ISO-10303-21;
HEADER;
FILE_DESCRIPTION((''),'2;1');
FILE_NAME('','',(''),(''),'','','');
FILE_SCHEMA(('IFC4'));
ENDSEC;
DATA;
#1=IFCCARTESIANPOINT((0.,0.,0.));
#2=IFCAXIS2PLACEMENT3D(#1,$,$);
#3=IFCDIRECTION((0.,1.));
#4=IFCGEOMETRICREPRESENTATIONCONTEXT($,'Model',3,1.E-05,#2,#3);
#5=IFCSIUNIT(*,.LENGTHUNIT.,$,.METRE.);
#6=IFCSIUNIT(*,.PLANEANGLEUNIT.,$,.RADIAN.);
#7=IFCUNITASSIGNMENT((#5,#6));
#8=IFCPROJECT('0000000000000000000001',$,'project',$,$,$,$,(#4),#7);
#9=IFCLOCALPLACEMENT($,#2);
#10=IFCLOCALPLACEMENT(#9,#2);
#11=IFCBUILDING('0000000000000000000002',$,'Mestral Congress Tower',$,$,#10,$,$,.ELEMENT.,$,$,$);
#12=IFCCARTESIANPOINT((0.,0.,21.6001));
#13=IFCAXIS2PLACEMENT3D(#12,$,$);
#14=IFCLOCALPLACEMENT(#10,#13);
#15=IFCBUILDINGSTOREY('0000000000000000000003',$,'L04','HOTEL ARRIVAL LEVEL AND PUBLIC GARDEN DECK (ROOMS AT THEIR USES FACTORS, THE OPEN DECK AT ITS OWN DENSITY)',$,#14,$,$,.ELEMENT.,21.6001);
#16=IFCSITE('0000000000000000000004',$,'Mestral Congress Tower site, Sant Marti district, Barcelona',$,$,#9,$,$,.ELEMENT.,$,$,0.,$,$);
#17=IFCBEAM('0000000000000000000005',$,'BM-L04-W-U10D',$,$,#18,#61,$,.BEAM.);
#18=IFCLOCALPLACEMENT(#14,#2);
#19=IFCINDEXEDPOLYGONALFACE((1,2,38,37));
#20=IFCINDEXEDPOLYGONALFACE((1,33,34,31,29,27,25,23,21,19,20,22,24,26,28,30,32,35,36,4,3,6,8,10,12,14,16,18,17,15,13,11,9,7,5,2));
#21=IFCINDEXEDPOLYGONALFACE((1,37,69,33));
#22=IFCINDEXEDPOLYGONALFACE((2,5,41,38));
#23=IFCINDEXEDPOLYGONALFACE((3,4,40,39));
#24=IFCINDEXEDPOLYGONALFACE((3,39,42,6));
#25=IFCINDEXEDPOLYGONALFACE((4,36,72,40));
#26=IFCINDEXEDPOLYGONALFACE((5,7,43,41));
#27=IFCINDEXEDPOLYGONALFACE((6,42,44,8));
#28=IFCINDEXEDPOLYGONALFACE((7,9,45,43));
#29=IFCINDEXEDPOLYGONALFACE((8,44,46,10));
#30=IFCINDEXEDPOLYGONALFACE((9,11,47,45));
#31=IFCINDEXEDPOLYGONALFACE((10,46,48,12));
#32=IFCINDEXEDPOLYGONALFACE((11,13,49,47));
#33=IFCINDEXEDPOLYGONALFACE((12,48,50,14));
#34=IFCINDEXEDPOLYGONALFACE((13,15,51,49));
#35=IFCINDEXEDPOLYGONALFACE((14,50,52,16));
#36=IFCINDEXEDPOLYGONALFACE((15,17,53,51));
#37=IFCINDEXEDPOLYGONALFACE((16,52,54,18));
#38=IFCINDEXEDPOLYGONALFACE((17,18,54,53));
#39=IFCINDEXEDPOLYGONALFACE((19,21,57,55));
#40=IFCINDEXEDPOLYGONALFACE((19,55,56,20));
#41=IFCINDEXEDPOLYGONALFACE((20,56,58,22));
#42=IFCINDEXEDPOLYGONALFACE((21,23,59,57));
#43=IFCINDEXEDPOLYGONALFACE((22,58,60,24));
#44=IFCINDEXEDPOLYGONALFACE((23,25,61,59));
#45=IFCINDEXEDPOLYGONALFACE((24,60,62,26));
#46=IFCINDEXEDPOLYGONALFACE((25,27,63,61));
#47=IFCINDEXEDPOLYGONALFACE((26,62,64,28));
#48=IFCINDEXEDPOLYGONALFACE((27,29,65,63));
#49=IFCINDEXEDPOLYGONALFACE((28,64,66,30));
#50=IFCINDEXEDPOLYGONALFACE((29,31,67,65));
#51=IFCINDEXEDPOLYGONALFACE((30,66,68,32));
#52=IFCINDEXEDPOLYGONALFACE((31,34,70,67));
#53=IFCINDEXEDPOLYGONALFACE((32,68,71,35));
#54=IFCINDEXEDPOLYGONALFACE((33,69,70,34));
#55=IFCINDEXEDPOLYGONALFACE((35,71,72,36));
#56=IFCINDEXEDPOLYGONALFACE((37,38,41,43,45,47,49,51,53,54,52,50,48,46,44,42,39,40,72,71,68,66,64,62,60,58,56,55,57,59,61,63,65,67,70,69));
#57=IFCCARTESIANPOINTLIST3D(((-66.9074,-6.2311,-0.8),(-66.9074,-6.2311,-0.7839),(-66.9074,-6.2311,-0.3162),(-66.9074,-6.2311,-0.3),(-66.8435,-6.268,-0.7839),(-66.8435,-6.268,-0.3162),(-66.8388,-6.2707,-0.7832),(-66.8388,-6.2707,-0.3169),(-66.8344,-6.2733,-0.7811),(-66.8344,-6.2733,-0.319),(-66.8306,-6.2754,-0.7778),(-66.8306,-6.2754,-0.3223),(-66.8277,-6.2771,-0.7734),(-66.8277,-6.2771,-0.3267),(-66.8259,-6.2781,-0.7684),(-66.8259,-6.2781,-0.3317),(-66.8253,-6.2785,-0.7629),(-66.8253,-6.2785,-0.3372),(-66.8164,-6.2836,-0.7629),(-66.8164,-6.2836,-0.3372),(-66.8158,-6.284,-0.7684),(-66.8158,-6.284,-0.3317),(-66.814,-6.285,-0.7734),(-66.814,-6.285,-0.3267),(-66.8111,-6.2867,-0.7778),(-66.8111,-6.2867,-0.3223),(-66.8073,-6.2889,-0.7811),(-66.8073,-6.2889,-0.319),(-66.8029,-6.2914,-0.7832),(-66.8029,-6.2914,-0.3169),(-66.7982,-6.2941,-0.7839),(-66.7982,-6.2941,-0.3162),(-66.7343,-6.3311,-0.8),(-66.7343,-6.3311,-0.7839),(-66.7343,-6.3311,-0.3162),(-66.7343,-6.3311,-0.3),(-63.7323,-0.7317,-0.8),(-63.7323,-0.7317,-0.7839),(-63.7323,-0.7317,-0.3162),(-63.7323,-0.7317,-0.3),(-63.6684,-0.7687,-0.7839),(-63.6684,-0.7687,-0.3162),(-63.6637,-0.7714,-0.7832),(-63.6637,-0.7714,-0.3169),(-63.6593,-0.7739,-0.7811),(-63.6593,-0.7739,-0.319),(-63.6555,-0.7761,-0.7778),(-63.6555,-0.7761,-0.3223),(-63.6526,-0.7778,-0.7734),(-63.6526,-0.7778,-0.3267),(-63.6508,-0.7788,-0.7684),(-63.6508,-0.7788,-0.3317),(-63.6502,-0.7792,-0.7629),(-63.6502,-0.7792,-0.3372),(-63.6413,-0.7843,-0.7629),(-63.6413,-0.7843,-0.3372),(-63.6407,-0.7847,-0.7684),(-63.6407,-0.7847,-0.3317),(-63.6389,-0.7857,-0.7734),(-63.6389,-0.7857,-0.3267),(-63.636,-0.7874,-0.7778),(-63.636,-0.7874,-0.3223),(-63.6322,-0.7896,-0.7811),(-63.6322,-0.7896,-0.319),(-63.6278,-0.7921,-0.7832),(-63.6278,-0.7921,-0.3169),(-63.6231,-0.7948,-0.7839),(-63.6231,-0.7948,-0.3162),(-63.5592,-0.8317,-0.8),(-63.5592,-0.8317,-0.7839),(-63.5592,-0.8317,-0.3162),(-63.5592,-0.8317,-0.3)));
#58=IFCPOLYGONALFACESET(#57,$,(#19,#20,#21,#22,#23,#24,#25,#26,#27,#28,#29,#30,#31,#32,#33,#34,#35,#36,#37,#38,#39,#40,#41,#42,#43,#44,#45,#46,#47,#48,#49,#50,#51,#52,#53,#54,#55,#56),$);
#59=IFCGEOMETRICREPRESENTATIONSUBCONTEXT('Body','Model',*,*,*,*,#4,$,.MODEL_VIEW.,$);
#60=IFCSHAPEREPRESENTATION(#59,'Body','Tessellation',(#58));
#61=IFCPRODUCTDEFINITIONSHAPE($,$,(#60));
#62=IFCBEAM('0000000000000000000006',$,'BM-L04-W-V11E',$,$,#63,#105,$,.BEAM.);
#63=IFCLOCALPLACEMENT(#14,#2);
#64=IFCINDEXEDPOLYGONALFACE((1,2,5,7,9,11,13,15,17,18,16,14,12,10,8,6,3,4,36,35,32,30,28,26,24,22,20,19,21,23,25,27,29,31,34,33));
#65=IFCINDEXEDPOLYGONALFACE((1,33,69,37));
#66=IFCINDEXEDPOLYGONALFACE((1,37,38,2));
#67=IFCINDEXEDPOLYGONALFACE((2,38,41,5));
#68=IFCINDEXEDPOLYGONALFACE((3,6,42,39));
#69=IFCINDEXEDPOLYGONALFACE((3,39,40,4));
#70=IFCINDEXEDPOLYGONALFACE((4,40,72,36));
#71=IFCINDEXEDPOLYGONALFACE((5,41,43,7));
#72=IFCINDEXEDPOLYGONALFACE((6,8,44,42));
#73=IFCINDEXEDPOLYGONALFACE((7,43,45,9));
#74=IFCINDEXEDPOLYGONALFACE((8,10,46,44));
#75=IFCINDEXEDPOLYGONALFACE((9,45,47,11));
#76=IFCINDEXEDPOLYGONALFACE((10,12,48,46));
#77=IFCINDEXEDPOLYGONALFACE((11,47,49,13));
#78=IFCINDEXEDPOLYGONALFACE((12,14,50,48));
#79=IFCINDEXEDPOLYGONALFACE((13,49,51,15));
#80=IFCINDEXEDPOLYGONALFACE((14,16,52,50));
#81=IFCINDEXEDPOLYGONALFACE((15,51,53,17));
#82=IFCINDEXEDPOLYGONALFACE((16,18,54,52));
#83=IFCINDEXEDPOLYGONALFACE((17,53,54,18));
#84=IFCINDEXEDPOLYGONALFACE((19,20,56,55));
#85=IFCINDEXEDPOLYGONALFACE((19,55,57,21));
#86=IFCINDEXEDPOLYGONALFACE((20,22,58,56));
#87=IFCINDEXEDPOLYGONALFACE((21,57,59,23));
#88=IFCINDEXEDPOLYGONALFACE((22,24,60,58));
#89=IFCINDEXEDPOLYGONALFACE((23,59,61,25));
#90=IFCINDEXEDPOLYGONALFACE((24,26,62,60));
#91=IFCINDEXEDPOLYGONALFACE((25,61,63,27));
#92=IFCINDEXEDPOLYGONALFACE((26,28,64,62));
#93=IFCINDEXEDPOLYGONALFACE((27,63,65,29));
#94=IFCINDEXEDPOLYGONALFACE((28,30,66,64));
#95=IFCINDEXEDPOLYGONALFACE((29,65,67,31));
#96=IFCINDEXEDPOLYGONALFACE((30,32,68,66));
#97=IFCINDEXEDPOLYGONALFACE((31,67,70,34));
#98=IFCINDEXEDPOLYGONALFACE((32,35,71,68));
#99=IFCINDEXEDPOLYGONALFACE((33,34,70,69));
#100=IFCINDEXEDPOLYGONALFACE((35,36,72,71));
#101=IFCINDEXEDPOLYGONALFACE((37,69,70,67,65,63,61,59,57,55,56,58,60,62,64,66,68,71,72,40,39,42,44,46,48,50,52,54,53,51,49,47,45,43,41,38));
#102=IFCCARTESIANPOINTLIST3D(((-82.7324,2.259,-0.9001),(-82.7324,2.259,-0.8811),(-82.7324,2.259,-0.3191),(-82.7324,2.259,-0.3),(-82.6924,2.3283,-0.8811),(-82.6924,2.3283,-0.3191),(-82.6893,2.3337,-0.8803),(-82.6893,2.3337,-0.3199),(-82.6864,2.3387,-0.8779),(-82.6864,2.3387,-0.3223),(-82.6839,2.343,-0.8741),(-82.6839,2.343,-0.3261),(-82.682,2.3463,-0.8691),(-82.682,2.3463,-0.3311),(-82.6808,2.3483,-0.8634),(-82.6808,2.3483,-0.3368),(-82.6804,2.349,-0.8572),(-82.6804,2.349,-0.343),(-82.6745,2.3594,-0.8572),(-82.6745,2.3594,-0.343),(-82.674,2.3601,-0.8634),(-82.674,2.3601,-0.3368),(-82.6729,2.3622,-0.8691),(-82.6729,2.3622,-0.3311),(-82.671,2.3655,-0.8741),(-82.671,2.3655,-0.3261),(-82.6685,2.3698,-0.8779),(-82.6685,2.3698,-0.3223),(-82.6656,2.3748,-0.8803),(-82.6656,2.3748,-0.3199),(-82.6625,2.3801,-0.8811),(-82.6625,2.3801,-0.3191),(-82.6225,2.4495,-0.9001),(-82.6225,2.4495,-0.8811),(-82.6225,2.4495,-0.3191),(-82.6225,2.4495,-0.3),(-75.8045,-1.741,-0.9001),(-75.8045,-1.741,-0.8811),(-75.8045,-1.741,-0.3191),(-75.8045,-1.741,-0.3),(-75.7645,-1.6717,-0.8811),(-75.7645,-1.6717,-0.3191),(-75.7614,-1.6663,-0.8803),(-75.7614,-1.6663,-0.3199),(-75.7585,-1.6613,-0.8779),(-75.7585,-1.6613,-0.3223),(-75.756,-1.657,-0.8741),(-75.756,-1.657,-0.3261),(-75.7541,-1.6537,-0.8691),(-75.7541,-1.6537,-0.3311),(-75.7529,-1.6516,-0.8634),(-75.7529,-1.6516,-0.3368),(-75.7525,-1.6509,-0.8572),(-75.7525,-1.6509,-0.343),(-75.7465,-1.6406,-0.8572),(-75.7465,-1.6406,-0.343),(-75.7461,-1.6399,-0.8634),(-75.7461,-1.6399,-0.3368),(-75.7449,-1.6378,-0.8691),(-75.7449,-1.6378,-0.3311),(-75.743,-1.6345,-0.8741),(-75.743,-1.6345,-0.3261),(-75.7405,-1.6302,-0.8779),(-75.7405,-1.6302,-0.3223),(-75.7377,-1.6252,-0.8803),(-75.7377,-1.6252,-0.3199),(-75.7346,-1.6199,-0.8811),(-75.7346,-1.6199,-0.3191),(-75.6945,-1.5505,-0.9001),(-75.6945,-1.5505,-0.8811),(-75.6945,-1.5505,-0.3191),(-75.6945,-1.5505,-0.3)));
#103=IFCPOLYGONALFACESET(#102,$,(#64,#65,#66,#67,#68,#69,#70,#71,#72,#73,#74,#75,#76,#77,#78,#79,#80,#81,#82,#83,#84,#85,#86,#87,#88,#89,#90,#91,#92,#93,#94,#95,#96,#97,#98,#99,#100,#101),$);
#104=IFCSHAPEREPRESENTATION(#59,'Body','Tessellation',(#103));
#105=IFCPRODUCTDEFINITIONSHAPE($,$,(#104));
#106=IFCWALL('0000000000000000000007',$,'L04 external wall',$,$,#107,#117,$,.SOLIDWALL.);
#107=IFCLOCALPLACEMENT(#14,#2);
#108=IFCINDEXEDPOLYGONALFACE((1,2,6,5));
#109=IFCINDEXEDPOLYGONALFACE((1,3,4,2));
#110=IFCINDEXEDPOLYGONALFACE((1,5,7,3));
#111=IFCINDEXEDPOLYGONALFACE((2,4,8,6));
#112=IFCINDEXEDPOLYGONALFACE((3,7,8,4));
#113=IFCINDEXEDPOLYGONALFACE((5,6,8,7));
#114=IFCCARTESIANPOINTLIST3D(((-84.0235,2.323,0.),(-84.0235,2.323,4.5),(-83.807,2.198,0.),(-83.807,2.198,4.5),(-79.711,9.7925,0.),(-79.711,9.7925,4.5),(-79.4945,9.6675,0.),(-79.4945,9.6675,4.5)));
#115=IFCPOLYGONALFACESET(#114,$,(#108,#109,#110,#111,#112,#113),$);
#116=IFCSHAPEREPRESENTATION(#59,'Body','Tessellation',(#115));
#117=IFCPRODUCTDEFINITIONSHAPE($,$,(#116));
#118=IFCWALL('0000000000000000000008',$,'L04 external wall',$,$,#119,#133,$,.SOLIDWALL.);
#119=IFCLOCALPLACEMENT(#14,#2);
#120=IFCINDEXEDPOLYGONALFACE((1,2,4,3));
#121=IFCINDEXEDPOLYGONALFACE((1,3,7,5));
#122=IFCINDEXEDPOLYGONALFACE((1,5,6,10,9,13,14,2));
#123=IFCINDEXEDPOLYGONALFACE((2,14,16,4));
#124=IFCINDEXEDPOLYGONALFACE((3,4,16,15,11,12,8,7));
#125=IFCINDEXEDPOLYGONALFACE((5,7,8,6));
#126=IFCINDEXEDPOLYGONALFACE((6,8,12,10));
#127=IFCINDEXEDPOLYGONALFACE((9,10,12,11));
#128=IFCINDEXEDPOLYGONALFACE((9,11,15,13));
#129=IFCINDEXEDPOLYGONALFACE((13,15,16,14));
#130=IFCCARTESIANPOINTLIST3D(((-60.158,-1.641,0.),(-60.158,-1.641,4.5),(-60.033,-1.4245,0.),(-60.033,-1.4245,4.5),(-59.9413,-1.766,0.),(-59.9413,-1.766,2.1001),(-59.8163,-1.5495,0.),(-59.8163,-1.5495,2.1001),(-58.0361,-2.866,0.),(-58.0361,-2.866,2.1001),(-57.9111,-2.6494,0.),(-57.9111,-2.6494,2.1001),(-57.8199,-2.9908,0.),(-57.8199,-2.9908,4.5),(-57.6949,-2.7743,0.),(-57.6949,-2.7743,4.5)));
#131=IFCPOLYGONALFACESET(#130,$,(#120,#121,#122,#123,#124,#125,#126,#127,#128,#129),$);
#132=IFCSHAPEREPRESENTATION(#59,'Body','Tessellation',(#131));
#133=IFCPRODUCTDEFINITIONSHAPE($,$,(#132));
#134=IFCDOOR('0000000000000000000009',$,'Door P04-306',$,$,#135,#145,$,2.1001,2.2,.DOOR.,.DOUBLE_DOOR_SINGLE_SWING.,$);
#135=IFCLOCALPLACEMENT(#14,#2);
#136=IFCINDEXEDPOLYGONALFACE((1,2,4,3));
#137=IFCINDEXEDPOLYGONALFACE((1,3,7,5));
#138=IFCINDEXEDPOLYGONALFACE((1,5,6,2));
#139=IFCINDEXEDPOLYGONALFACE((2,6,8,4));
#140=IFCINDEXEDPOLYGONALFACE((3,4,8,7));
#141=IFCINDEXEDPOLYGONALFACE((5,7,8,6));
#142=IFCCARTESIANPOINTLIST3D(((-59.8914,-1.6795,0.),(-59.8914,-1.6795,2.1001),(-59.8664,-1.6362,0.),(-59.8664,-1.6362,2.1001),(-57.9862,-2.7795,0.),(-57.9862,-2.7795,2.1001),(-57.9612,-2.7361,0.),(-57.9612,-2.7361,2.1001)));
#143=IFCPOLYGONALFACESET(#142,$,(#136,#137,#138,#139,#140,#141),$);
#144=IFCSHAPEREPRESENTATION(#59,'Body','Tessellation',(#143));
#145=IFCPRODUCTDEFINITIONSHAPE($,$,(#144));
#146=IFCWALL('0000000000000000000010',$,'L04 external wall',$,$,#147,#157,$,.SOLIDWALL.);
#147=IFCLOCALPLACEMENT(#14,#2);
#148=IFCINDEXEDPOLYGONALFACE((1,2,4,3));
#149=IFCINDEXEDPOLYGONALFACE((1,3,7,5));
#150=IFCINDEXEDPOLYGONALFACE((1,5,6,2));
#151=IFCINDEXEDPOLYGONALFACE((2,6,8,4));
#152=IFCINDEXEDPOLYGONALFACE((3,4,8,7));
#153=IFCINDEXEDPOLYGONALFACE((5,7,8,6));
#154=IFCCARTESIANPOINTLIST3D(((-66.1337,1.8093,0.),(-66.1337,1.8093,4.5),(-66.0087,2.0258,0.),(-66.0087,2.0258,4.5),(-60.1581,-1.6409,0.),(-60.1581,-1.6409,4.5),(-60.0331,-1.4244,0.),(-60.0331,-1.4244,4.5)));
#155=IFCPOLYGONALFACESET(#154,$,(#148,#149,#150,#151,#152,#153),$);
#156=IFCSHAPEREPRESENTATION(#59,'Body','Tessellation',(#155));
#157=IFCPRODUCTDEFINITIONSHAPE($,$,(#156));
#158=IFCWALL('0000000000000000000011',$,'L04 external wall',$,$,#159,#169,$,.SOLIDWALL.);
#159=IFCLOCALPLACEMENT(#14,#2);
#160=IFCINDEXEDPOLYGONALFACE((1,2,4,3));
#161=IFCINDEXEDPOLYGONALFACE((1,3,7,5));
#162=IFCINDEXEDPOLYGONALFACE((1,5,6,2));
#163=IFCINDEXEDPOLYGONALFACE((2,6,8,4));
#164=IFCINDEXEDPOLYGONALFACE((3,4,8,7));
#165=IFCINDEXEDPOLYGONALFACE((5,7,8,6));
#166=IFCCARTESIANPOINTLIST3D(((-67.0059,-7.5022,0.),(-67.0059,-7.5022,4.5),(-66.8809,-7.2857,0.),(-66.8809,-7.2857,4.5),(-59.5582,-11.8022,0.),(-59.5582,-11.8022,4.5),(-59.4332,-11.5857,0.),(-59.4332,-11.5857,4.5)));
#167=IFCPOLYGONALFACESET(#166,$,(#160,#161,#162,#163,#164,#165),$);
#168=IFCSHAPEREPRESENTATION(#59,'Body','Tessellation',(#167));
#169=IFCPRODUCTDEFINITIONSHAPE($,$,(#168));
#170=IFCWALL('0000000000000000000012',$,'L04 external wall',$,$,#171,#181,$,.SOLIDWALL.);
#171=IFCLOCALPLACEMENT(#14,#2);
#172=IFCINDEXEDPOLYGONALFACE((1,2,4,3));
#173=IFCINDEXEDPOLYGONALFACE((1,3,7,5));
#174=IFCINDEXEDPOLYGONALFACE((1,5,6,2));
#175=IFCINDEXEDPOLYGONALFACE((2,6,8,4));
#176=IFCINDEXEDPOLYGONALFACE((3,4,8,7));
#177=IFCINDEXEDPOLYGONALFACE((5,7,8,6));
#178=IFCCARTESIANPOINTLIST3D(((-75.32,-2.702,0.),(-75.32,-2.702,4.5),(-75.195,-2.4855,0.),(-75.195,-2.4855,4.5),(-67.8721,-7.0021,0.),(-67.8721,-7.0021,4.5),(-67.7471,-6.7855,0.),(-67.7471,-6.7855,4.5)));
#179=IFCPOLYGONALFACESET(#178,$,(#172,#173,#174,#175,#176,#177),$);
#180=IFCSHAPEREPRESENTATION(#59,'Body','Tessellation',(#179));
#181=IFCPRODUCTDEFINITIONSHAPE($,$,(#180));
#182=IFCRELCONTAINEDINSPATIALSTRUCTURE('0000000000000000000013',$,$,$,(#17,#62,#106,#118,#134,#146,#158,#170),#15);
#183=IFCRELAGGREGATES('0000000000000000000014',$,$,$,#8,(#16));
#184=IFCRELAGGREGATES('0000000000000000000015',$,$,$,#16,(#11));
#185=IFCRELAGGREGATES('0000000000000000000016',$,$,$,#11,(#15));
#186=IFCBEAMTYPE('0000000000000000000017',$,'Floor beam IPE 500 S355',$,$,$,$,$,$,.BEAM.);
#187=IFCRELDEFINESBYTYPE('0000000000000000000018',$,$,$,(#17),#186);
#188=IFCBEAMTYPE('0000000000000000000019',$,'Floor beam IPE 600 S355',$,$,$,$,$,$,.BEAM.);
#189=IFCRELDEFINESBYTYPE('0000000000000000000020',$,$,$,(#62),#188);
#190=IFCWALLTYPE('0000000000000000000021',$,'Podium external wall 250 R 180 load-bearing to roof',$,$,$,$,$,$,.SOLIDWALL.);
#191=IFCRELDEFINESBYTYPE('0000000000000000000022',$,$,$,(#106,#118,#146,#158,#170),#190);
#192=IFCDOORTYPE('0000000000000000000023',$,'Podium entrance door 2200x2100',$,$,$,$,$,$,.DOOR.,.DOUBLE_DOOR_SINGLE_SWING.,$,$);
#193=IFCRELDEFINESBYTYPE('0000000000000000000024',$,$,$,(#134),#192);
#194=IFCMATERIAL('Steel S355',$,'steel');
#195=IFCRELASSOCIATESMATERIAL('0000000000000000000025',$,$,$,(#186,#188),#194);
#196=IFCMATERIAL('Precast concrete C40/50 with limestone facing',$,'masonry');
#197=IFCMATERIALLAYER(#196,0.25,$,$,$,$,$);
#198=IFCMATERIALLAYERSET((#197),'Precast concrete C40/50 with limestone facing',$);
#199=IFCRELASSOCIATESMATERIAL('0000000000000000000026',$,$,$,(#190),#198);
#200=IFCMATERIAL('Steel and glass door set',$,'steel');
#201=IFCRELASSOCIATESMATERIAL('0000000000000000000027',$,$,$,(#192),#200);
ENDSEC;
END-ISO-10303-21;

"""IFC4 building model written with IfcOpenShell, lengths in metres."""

from ifc_helpers import new_model, si_unit, direction, frame, frame_2d, origin, origin_2d, place, context, subcontext, project, spatial, rectangle, i_section, extrude, material, layer, layer_set, material_profile, profile_set, type_object, element, fill, save


model = new_model("IFC4")

# Units and contexts
model_context = context("Model", 3, precision=1e-05, world=origin(), true_north=direction((0.0, 1.0)))
body_context = subcontext(model_context, "Body", "Model", "MODEL_VIEW")
ifc_project = project(units=[si_unit("LENGTHUNIT", "METRE"), si_unit("PLANEANGLEUNIT", "RADIAN")], contexts=[model_context])

# Site, building, storey
site_placement = place(None, origin())
site = spatial("IfcSite", under=ifc_project, at=site_placement, Name="Mestral Congress Tower site, Sant Marti district, Barcelona", CompositionType="ELEMENT", RefElevation=0.0)
building_placement = place(site_placement, origin())
building = spatial("IfcBuilding", under=site, at=building_placement, Name="Mestral Congress Tower", CompositionType="ELEMENT")
storey_placement = place(building_placement, frame((0.0, 0.0, 21.6001)))
storey = spatial("IfcBuildingStorey", under=building, at=storey_placement, Name="L04", Description="HOTEL ARRIVAL LEVEL AND PUBLIC GARDEN DECK (ROOMS AT THEIR USES FACTORS, THE OPEN DECK AT ITS OWN DENSITY)", CompositionType="ELEMENT", Elevation=21.6001)

# Beams
ifc_material_1 = material(Name="Steel S355", Category="steel")
ifc_material_profile_1 = material_profile(ifc_material_1, i_section(OverallWidth=0.2, OverallDepth=0.5, WebThickness=0.0103, FlangeThickness=0.0161, FilletRadius=0.021, at=origin_2d()), Name="IPE 500")
ifc_profile_set_1 = profile_set([ifc_material_profile_1], Name="Steel S355")
beam_type_1 = type_object("IfcBeamType", Name="Floor beam IPE 500 S355", PredefinedType="BEAM", material=ifc_profile_set_1)
beam_1_placement = place(storey_placement, frame((-63.6458, -0.7817, -0.55), z_axis=(-0.500005, -0.866022, 0.0), x_axis=(0.866022, -0.500005, 0.0)))
element("IfcBeam", 1, at=beam_1_placement, inside=storey, type_object=beam_type_1, Name="BM-L04-W-U10D", PredefinedType="BEAM", context=body_context, shape_type="SweptSolid", body=[
    extrude(i_section(OverallWidth=0.2, OverallDepth=0.5, WebThickness=0.0103, FlangeThickness=0.0161, FilletRadius=0.021, at=origin_2d()), origin(), (0.0, 0.0, 1.0), 6.3501),
])
ifc_material_profile_2 = material_profile(ifc_material_1, i_section(OverallWidth=0.22, OverallDepth=0.6001, WebThickness=0.012, FlangeThickness=0.019, FilletRadius=0.0239, at=origin_2d()), Name="IPE 600")
ifc_profile_set_2 = profile_set([ifc_material_profile_2], Name="Steel S355")
beam_type_2 = type_object("IfcBeamType", Name="Floor beam IPE 600 S355", PredefinedType="BEAM", material=ifc_profile_set_2)
beam_2_placement = place(storey_placement, frame((-75.7495, -1.6458, -0.6001), z_axis=(-0.866018, 0.500012, 0.0), x_axis=(-0.500012, -0.866018, 0.0)))
element("IfcBeam", 2, at=beam_2_placement, inside=storey, type_object=beam_type_2, Name="BM-L04-W-V11E", PredefinedType="BEAM", context=body_context, shape_type="SweptSolid", body=[
    extrude(i_section(OverallWidth=0.22, OverallDepth=0.6001, WebThickness=0.012, FlangeThickness=0.019, FilletRadius=0.0239, at=origin_2d()), origin(), (0.0, 0.0, 1.0), 7.9998),
])

# Wall
ifc_material_2 = material(Name="Precast concrete C40/50 with limestone facing", Category="masonry")
ifc_layer_1 = layer(ifc_material_2, 0.25)
ifc_layer_set_1 = layer_set([ifc_layer_1], Name="Precast concrete C40/50 with limestone facing")
wall_type_1 = type_object("IfcWallType", Name="Podium external wall 250 R 180 load-bearing to roof", PredefinedType="SOLIDWALL", material=ifc_layer_set_1)
wall_1_placement = place(storey_placement, frame((-83.9153, 2.2605, 0.0), z_axis=(0.0, 0.0, 1.0), x_axis=(0.499999, 0.866026, 0.0)))
element("IfcWall", 3, at=wall_1_placement, inside=storey, type_object=wall_type_1, Name="L04 external wall", PredefinedType="SOLIDWALL", context=body_context, shape_type="SweptSolid", body=[
    extrude(rectangle(XDim=8.625, YDim=0.25, at=frame_2d((4.3125, 0.0))), origin(), (0.0, 0.0, 1.0), 4.5),
])

# Wall, opening, door
wall_2_placement = place(storey_placement, frame((-60.0955, -1.5327, 0.0), z_axis=(0.0, 0.0, 1.0), x_axis=(0.866037, -0.499981, 0.0)))
wall_2 = element("IfcWall", 4, at=wall_2_placement, inside=storey, type_object=wall_type_1, Name="L04 external wall", PredefinedType="SOLIDWALL", context=body_context, shape_type="SweptSolid", body=[
    extrude(rectangle(XDim=2.6997, YDim=0.25, at=frame_2d((1.3499, 0.0))), origin(), (0.0, 0.0, 1.0), 4.5),
])
opening_1_placement = place(wall_2_placement, frame((0.25, 0.0, 0.0)))
opening_1 = element("IfcOpeningElement", 5, at=opening_1_placement, cuts=wall_2, PredefinedType="OPENING", context=body_context, shape_type="SweptSolid", body=[
    extrude(rectangle(XDim=2.2, YDim=2.1001, at=frame_2d((1.1001, 1.05))), frame((0.0, 0.135, 0.0), z_axis=(0.0, -1.0, 0.0), x_axis=(1.0, 0.0, 0.0)), (0.0, 0.0, 1.0), 0.27),
])
ifc_material_3 = material(Name="Steel and glass door set", Category="steel")
door_type_1 = type_object("IfcDoorType", Name="Podium entrance door 2200x2100", OperationType="DOUBLE_DOOR_SINGLE_SWING", PredefinedType="DOOR", material=ifc_material_3)
door_1_placement = place(opening_1_placement, origin())
door_1 = element("IfcDoor", 6, at=door_1_placement, inside=storey, type_object=door_type_1, Name="Door P04-306", OperationType="DOUBLE_DOOR_SINGLE_SWING", OverallHeight=2.1001, OverallWidth=2.2, PredefinedType="DOOR", context=body_context, shape_type="SweptSolid", body=[
    extrude(rectangle(XDim=2.2, YDim=2.1001, at=frame_2d((1.1001, 1.05))), frame((0.0, 0.0249, 0.0), z_axis=(0.0, -1.0, 0.0), x_axis=(1.0, 0.0, 0.0)), (0.0, 0.0, 1.0), 0.05),
])
fill(opening_1, door_1)

# Walls
wall_3_placement = place(storey_placement, frame((-60.0955, -1.5327, 0.0), z_axis=(0.0, 0.0, 1.0), x_axis=(-0.866014, 0.500021, 0.0)))
element("IfcWall", 7, at=wall_3_placement, inside=storey, type_object=wall_type_1, Name="L04 external wall", PredefinedType="SOLIDWALL", context=body_context, shape_type="SweptSolid", body=[
    extrude(rectangle(XDim=6.9001, YDim=0.25, at=frame_2d((3.4502, 0.0))), origin(), (0.0, 0.0, 1.0), 4.5),
])
wall_4_placement = place(storey_placement, frame((-59.4958, -11.6938, 0.0), z_axis=(0.0, 0.0, 1.0), x_axis=(-0.866021, 0.500008, 0.0)))
element("IfcWall", 8, at=wall_4_placement, inside=storey, type_object=wall_type_1, Name="L04 external wall", PredefinedType="SOLIDWALL", context=body_context, shape_type="SweptSolid", body=[
    extrude(rectangle(XDim=8.5999, YDim=0.25, at=frame_2d((4.2998, 0.0))), origin(), (0.0, 0.0, 1.0), 4.5),
])
wall_5_placement = place(storey_placement, frame((-67.8096, -6.8938, 0.0), z_axis=(0.0, 0.0, 1.0), x_axis=(-0.866028, 0.499995, 0.0)))
element("IfcWall", 9, at=wall_5_placement, inside=storey, type_object=wall_type_1, Name="L04 external wall", PredefinedType="SOLIDWALL", context=body_context, shape_type="SweptSolid", body=[
    extrude(rectangle(XDim=8.6001, YDim=0.25, at=frame_2d((4.3, 0.0))), origin(), (0.0, 0.0, 1.0), 4.5),
])

save(model, "model.ifc")
